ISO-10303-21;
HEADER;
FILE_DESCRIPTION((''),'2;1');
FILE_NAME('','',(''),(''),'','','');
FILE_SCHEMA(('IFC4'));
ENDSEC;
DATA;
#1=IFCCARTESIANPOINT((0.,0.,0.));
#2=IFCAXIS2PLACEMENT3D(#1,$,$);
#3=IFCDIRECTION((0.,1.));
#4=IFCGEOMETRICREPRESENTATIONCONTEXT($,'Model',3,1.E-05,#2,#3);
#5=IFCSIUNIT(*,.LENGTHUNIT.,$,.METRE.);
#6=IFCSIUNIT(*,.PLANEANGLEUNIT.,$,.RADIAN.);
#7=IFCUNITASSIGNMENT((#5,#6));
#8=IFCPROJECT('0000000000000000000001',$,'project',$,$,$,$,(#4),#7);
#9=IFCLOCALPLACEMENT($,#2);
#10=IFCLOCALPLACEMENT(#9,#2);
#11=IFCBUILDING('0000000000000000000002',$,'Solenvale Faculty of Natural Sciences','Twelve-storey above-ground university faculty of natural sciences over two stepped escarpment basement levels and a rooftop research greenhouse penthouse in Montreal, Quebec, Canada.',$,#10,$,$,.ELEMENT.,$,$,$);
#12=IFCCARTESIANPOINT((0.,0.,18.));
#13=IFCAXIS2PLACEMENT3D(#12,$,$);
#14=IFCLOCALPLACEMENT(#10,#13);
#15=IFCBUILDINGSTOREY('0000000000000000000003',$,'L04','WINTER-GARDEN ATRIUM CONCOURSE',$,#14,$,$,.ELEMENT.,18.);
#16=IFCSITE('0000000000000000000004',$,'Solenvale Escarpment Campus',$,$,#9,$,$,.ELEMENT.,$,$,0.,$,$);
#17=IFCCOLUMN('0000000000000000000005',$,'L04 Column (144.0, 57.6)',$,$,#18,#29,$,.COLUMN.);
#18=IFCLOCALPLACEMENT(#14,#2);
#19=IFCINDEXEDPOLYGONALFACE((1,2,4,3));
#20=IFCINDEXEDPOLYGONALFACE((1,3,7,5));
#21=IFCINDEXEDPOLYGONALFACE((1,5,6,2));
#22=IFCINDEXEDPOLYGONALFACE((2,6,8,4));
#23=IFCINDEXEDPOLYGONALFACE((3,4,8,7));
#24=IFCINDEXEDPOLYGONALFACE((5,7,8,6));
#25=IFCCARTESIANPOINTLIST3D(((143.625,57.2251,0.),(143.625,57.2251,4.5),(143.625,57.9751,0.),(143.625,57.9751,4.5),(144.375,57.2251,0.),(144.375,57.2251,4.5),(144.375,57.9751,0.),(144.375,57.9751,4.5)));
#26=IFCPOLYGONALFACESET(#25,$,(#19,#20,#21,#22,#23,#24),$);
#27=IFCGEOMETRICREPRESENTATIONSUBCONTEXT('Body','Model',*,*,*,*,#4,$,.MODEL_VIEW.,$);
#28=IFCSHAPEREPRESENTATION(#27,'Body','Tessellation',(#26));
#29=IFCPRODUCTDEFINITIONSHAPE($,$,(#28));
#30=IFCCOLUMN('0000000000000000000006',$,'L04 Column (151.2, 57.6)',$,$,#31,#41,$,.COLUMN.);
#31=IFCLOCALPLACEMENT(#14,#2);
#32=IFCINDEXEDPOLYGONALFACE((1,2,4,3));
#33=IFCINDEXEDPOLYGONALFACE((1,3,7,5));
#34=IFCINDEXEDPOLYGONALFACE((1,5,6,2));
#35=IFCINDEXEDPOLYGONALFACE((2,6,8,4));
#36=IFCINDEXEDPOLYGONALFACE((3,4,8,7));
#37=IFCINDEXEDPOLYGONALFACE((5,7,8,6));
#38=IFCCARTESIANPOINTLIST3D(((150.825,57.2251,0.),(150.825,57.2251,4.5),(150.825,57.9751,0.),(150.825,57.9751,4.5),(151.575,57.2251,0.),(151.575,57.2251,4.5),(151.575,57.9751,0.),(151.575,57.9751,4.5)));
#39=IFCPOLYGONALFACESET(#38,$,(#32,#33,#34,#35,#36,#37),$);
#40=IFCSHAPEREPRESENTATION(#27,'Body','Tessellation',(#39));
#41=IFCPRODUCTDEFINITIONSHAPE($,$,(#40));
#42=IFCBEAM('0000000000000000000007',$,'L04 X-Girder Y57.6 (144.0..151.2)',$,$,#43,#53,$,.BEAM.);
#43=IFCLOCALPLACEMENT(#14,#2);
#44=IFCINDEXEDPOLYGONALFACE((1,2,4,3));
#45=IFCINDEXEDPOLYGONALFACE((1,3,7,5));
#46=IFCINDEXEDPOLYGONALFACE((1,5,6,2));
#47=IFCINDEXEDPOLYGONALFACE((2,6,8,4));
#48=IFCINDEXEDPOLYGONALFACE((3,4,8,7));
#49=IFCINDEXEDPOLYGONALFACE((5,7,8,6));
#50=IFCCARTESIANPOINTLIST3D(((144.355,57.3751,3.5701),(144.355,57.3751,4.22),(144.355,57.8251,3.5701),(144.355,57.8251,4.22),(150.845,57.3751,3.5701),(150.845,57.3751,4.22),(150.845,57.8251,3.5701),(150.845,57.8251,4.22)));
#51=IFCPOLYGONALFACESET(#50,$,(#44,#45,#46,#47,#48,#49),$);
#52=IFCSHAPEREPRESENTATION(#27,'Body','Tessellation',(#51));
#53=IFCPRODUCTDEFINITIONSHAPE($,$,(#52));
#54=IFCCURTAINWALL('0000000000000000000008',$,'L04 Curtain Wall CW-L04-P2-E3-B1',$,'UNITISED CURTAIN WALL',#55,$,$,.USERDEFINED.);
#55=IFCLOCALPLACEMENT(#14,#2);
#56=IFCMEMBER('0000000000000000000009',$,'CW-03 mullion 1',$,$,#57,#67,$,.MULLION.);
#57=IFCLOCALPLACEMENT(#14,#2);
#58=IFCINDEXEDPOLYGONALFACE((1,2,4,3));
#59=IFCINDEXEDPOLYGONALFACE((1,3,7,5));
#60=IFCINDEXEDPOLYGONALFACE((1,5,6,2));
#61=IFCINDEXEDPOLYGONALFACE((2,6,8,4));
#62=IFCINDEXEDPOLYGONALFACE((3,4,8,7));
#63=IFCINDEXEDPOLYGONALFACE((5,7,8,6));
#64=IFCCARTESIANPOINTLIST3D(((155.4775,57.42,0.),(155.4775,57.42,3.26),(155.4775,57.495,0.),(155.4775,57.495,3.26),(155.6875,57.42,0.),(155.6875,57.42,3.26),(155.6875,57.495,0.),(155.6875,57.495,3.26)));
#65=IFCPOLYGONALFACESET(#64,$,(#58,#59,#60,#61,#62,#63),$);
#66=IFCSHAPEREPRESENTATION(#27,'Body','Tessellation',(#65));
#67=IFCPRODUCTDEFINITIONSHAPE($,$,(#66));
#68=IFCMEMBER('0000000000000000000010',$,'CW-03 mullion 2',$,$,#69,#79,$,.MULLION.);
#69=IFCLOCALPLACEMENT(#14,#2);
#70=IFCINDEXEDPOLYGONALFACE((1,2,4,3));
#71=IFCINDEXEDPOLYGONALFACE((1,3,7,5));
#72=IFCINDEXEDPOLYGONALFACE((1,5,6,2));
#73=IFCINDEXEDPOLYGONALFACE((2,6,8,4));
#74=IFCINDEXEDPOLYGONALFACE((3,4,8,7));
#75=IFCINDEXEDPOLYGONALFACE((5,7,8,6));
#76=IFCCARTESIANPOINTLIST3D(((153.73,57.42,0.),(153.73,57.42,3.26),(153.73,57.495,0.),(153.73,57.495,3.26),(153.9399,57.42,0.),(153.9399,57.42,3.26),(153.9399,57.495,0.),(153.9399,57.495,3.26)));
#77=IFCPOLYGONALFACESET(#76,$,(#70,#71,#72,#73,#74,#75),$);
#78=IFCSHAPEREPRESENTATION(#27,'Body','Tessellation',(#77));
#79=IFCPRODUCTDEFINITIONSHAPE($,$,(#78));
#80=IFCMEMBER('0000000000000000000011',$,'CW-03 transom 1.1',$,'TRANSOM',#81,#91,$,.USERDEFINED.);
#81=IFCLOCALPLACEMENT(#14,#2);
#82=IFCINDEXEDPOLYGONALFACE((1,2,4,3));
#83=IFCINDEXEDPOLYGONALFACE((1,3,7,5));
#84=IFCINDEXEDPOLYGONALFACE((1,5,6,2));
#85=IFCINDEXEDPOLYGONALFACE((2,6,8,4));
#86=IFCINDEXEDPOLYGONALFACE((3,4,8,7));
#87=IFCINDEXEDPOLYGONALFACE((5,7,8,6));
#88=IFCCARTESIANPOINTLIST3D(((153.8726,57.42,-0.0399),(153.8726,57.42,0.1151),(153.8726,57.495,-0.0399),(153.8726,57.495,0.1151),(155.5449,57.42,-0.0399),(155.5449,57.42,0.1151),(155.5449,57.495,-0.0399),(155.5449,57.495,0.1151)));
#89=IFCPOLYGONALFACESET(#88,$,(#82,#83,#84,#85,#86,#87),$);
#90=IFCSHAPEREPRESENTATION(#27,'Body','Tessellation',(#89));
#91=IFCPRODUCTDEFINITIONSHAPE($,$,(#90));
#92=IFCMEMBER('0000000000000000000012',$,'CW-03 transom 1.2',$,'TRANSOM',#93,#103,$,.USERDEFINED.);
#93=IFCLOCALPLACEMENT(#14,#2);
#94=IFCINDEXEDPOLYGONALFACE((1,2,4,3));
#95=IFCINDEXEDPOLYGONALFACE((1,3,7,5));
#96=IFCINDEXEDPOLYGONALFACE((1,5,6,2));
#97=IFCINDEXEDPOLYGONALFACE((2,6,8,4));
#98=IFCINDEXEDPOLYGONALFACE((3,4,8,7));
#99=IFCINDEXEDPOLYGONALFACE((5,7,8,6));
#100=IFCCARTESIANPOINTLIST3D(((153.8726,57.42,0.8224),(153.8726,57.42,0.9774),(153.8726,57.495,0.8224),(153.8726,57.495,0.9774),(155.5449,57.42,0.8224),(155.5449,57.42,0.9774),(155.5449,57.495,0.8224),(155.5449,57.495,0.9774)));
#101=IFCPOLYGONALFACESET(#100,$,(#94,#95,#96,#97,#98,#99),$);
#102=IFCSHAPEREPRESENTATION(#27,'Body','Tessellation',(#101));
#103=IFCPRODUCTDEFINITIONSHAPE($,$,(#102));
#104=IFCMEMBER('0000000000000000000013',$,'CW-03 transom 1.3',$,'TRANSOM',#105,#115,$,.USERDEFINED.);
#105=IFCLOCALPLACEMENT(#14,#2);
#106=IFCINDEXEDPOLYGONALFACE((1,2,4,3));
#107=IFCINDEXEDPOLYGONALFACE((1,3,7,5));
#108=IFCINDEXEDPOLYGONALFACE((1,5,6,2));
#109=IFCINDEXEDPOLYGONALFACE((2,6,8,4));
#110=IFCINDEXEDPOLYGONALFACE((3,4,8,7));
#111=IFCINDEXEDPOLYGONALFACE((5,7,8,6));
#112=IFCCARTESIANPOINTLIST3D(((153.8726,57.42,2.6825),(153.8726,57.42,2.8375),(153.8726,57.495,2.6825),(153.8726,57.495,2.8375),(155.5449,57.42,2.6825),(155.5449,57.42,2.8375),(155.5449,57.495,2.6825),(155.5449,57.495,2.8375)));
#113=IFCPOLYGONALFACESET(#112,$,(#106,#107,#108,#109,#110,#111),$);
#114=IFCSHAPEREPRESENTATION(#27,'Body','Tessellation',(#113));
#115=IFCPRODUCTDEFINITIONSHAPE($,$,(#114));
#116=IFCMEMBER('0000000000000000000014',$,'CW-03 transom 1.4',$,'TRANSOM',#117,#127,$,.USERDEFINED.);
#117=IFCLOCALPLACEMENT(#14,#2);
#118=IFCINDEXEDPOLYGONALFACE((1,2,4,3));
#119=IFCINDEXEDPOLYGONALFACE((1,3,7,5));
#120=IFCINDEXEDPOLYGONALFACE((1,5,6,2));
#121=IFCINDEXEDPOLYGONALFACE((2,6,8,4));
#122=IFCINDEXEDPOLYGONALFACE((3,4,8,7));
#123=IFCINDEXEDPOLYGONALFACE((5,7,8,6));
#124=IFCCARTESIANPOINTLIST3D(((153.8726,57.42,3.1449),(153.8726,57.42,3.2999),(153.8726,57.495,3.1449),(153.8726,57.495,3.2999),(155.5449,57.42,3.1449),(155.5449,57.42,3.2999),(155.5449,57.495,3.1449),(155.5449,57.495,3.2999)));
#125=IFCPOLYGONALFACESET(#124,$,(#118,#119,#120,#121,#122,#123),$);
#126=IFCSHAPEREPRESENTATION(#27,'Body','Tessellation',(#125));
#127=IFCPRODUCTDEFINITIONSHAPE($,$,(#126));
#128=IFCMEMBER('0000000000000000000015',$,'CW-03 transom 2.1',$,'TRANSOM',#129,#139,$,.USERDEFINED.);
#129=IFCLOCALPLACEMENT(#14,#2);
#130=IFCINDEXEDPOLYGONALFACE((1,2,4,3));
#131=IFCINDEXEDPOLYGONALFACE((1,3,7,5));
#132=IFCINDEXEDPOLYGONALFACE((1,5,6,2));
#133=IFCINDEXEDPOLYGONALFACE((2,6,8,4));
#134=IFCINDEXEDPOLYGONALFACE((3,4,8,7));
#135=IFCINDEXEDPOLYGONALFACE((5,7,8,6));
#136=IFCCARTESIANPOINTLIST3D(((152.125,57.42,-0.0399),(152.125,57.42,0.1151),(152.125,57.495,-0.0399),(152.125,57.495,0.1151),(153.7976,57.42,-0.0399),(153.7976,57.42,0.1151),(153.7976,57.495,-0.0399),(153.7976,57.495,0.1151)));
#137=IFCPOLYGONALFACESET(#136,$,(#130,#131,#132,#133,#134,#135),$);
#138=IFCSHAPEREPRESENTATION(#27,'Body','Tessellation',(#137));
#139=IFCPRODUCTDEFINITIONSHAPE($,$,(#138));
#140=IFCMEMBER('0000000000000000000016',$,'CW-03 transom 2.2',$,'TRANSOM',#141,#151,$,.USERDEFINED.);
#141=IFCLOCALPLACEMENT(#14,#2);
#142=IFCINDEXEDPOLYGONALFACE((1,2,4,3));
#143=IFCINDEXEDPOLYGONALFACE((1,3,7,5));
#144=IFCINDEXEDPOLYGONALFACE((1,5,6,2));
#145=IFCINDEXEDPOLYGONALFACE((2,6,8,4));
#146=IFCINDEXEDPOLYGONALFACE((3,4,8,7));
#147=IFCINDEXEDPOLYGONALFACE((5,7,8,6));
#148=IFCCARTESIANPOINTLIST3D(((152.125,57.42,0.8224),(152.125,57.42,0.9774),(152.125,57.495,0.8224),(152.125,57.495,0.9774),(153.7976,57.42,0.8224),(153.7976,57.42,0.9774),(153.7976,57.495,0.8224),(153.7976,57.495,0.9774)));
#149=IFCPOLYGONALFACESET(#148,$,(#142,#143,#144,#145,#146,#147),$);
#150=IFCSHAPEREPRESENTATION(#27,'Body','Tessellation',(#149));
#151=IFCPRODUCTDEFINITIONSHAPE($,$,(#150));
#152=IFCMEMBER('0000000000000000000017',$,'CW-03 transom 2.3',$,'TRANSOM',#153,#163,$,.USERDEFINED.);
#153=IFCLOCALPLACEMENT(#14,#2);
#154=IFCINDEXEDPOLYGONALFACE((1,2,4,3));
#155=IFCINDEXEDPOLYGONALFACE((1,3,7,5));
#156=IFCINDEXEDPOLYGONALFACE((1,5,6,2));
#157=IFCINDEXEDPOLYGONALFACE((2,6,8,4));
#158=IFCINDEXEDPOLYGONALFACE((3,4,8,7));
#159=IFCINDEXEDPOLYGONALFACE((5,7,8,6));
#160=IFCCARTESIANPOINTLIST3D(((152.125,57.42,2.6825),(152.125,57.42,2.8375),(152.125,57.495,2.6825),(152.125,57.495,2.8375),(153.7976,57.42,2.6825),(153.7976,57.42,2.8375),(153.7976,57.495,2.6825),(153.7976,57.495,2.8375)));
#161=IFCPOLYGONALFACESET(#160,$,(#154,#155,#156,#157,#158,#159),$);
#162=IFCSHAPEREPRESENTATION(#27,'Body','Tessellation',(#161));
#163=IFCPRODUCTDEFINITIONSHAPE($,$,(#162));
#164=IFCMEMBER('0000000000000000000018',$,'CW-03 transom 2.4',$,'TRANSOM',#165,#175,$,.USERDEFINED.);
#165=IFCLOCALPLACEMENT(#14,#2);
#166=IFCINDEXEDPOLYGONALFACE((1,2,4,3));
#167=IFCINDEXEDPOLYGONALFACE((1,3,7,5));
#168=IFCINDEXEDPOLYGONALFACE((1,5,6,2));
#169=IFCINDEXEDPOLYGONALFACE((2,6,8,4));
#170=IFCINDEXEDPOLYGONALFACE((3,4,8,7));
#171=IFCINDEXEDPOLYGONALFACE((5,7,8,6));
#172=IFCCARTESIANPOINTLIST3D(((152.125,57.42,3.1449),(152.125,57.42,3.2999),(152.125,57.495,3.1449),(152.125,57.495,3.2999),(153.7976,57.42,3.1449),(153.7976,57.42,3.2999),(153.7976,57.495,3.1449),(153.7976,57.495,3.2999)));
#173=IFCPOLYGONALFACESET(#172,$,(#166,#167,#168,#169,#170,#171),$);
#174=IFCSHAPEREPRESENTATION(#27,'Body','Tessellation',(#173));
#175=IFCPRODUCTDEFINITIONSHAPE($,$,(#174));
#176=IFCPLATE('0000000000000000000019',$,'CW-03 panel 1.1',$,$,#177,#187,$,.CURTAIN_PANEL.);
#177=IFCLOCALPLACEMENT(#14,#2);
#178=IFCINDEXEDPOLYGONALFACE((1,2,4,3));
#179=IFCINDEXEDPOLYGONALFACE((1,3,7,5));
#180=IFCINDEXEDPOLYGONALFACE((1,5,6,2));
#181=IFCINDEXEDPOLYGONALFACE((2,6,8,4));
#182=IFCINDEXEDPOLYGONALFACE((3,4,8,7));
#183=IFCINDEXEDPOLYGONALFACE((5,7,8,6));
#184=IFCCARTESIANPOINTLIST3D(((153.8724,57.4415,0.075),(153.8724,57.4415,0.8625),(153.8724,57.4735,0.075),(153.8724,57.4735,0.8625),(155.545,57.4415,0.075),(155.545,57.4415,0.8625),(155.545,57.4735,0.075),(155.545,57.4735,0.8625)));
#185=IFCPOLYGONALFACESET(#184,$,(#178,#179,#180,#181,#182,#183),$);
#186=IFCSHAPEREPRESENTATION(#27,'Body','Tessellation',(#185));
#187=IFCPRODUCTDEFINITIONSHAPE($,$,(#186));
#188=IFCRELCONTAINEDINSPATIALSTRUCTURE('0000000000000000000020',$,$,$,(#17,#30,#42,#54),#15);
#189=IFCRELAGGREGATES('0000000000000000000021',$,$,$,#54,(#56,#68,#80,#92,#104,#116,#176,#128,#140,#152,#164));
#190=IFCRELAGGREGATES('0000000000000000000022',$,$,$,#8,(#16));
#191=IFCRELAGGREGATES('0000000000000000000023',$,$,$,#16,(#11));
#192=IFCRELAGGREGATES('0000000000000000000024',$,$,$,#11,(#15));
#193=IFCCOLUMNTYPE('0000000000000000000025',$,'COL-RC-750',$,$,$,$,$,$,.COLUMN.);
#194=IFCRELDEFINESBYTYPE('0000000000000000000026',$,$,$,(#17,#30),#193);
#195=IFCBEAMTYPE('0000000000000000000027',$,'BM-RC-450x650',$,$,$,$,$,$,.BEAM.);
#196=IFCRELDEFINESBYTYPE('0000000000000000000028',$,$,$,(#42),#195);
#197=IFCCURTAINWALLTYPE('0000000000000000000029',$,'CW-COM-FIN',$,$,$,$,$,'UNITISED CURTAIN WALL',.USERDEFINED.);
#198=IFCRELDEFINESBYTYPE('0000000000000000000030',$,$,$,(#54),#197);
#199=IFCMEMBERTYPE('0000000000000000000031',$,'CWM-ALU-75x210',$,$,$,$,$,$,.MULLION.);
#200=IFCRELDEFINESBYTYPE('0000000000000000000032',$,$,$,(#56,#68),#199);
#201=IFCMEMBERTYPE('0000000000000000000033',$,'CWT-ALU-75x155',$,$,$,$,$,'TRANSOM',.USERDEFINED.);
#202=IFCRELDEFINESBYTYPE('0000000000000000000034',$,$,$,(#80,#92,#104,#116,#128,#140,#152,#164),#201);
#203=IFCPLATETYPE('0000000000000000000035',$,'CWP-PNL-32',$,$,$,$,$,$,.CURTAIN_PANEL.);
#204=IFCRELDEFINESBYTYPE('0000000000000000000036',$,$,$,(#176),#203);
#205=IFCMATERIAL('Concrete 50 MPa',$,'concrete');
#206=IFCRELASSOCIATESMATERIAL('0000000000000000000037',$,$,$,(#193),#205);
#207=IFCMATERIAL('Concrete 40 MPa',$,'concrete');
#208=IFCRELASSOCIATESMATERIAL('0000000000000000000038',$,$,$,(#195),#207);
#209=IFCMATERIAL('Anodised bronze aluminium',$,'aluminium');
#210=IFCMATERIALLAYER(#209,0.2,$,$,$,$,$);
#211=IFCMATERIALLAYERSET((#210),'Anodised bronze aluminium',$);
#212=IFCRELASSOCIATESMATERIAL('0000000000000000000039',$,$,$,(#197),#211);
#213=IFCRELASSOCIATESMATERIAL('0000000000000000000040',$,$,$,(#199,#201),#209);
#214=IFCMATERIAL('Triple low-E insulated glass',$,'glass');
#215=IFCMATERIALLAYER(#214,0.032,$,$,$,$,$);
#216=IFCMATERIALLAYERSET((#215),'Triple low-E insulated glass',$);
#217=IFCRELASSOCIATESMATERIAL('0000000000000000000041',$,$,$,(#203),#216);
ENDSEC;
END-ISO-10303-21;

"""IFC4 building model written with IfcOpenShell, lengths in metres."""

from ifc_helpers import new_model, si_unit, direction, frame, origin, origin_2d, place, context, subcontext, project, spatial, rectangle, extrude, material, layer, layer_set, material_profile, profile_set, type_object, element, aggregate, save


model = new_model("IFC4")

# Units and contexts
model_context = context("Model", 3, precision=1e-05, world=origin(), true_north=direction((0.0, 1.0)))
body_context = subcontext(model_context, "Body", "Model", "MODEL_VIEW")
ifc_project = project(units=[si_unit("LENGTHUNIT", "METRE"), si_unit("PLANEANGLEUNIT", "RADIAN")], contexts=[model_context])

# Site, building, storey
site_placement = place(None, origin())
site = spatial("IfcSite", under=ifc_project, at=site_placement, Name="Solenvale Escarpment Campus", CompositionType="ELEMENT", RefElevation=0.0)
building_placement = place(site_placement, origin())
building = spatial("IfcBuilding", under=site, at=building_placement, Name="Solenvale Faculty of Natural Sciences", Description="Twelve-storey above-ground university faculty of natural sciences over two stepped escarpment basement levels and a rooftop research greenhouse penthouse in Montreal, Quebec, Canada.", CompositionType="ELEMENT")
storey_placement = place(building_placement, frame((0.0, 0.0, 18.0)))
storey = spatial("IfcBuildingStorey", under=building, at=storey_placement, Name="L04", Description="WINTER-GARDEN ATRIUM CONCOURSE", CompositionType="ELEMENT", Elevation=18.0)

# Columns
ifc_material_1 = material(Name="Concrete 50 MPa", Category="concrete")
ifc_material_profile_1 = material_profile(ifc_material_1, rectangle(XDim=0.75, YDim=0.75, at=origin_2d()), Name="RC-COL-750x750")
ifc_profile_set_1 = profile_set([ifc_material_profile_1], Name="Concrete 50 MPa")
column_type = type_object("IfcColumnType", Name="COL-RC-750", PredefinedType="COLUMN", material=ifc_profile_set_1)
for number, where, z_axis, x_axis, name in (
    (1, (144.0, 57.6001, 0.0), (0.0, 0.0, 1.0), (1.0, 0.0, 0.0), "L04 Column (144.0, 57.6)"),
    (2, (151.2, 57.6001, 0.0), (0.0, 0.0, 1.0), (1.0, 0.0, 0.0), "L04 Column (151.2, 57.6)"),
):
    element("IfcColumn", number, at=place(storey_placement, frame(where, z_axis=z_axis, x_axis=x_axis)), inside=storey, type_object=column_type, Name=name, PredefinedType="COLUMN", context=body_context, shape_type="SweptSolid", body=[
        extrude(rectangle(XDim=0.75, YDim=0.75, at=origin_2d()), origin(), (0.0, 0.0, 1.0), 4.5),
    ])

# Beam
ifc_material_2 = material(Name="Concrete 40 MPa", Category="concrete")
ifc_material_profile_2 = material_profile(ifc_material_2, rectangle(XDim=0.45, YDim=0.6499, at=origin_2d()), Name="RC-BM-450x650")
ifc_profile_set_2 = profile_set([ifc_material_profile_2], Name="Concrete 40 MPa")
beam_type = type_object("IfcBeamType", Name="BM-RC-450x650", PredefinedType="BEAM", material=ifc_profile_set_2)
beam_placement = place(storey_placement, frame((144.355, 57.6001, 3.895), z_axis=(1.0, 0.0, 0.0), x_axis=(0.0, 1.0, 0.0)))
element("IfcBeam", 3, at=beam_placement, inside=storey, type_object=beam_type, Name="L04 X-Girder Y57.6 (144.0..151.2)", PredefinedType="BEAM", context=body_context, shape_type="SweptSolid", body=[
    extrude(rectangle(XDim=0.45, YDim=0.6499, at=origin_2d()), origin(), (0.0, 0.0, 1.0), 6.49),
])

# Curtain wall, members, plate
ifc_material_3 = material(Name="Anodised bronze aluminium", Category="aluminium")
ifc_layer_1 = layer(ifc_material_3, 0.2)
ifc_layer_set_1 = layer_set([ifc_layer_1], Name="Anodised bronze aluminium")
curtain_wall_type = type_object("IfcCurtainWallType", Name="CW-COM-FIN", ElementType="UNITISED CURTAIN WALL", PredefinedType="USERDEFINED", material=ifc_layer_set_1)
curtain_wall_placement = place(storey_placement, origin())
curtain_wall = element("IfcCurtainWall", 4, at=curtain_wall_placement, inside=storey, type_object=curtain_wall_type, Name="L04 Curtain Wall CW-L04-P2-E3-B1", ObjectType="UNITISED CURTAIN WALL", PredefinedType="USERDEFINED")
ifc_material_profile_3 = material_profile(ifc_material_3, rectangle(XDim=0.075, YDim=0.21, at=origin_2d()), Name="ALU-MUL-75x210")
ifc_profile_set_3 = profile_set([ifc_material_profile_3], Name="Anodised bronze aluminium")
member_type_1 = type_object("IfcMemberType", Name="CWM-ALU-75x210", PredefinedType="MULLION", material=ifc_profile_set_3)
member_1_placement = place(storey_placement, frame((155.5825, 57.4575, 0.0), z_axis=(0.0, 0.0, 1.0), x_axis=(0.0, -1.0, 0.0)))
member_1 = element("IfcMember", 5, at=member_1_placement, type_object=member_type_1, Name="CW-03 mullion 1", PredefinedType="MULLION", context=body_context, shape_type="SweptSolid", body=[
    extrude(rectangle(XDim=0.075, YDim=0.21, at=origin_2d()), origin(), (0.0, 0.0, 1.0), 3.26),
])
member_2_placement = place(storey_placement, frame((153.835, 57.4575, 0.0), z_axis=(0.0, 0.0, 1.0), x_axis=(0.0, -1.0, 0.0)))
member_2 = element("IfcMember", 6, at=member_2_placement, type_object=member_type_1, Name="CW-03 mullion 2", PredefinedType="MULLION", context=body_context, shape_type="SweptSolid", body=[
    extrude(rectangle(XDim=0.075, YDim=0.21, at=origin_2d()), origin(), (0.0, 0.0, 1.0), 3.26),
])
ifc_material_profile_4 = material_profile(ifc_material_3, rectangle(XDim=0.075, YDim=0.155, at=origin_2d()), Name="ALU-TRN-75x155")
ifc_profile_set_4 = profile_set([ifc_material_profile_4], Name="Anodised bronze aluminium")
member_type_2 = type_object("IfcMemberType", Name="CWT-ALU-75x155", ElementType="TRANSOM", PredefinedType="USERDEFINED", material=ifc_profile_set_4)
member_3_placement = place(storey_placement, frame((155.5449, 57.4575, 0.0376), z_axis=(-1.0, 0.0, 0.0), x_axis=(0.0, -1.0, 0.0)))
member_3 = element("IfcMember", 7, at=member_3_placement, type_object=member_type_2, Name="CW-03 transom 1.1", ObjectType="TRANSOM", PredefinedType="USERDEFINED", context=body_context, shape_type="SweptSolid", body=[
    extrude(rectangle(XDim=0.075, YDim=0.155, at=origin_2d()), origin(), (0.0, 0.0, 1.0), 1.6724),
])
member_4_placement = place(storey_placement, frame((155.5449, 57.4575, 0.8999), z_axis=(-1.0, 0.0, 0.0), x_axis=(0.0, -1.0, 0.0)))
member_4 = element("IfcMember", 8, at=member_4_placement, type_object=member_type_2, Name="CW-03 transom 1.2", ObjectType="TRANSOM", PredefinedType="USERDEFINED", context=body_context, shape_type="SweptSolid", body=[
    extrude(rectangle(XDim=0.075, YDim=0.155, at=origin_2d()), origin(), (0.0, 0.0, 1.0), 1.6724),
])
member_5_placement = place(storey_placement, frame((155.5449, 57.4575, 2.76), z_axis=(-1.0, 0.0, 0.0), x_axis=(0.0, -1.0, 0.0)))
member_5 = element("IfcMember", 9, at=member_5_placement, type_object=member_type_2, Name="CW-03 transom 1.3", ObjectType="TRANSOM", PredefinedType="USERDEFINED", context=body_context, shape_type="SweptSolid", body=[
    extrude(rectangle(XDim=0.075, YDim=0.155, at=origin_2d()), origin(), (0.0, 0.0, 1.0), 1.6724),
])
member_6_placement = place(storey_placement, frame((155.5449, 57.4575, 3.2224), z_axis=(-1.0, 0.0, 0.0), x_axis=(0.0, -1.0, 0.0)))
member_6 = element("IfcMember", 10, at=member_6_placement, type_object=member_type_2, Name="CW-03 transom 1.4", ObjectType="TRANSOM", PredefinedType="USERDEFINED", context=body_context, shape_type="SweptSolid", body=[
    extrude(rectangle(XDim=0.075, YDim=0.155, at=origin_2d()), origin(), (0.0, 0.0, 1.0), 1.6724),
])
member_7_placement = place(storey_placement, frame((153.7976, 57.4575, 0.0376), z_axis=(-1.0, 0.0, 0.0), x_axis=(0.0, -1.0, 0.0)))
member_7 = element("IfcMember", 11, at=member_7_placement, type_object=member_type_2, Name="CW-03 transom 2.1", ObjectType="TRANSOM", PredefinedType="USERDEFINED", context=body_context, shape_type="SweptSolid", body=[
    extrude(rectangle(XDim=0.075, YDim=0.155, at=origin_2d()), origin(), (0.0, 0.0, 1.0), 1.6726),
])
member_8_placement = place(storey_placement, frame((153.7976, 57.4575, 0.8999), z_axis=(-1.0, 0.0, 0.0), x_axis=(0.0, -1.0, 0.0)))
member_8 = element("IfcMember", 12, at=member_8_placement, type_object=member_type_2, Name="CW-03 transom 2.2", ObjectType="TRANSOM", PredefinedType="USERDEFINED", context=body_context, shape_type="SweptSolid", body=[
    extrude(rectangle(XDim=0.075, YDim=0.155, at=origin_2d()), origin(), (0.0, 0.0, 1.0), 1.6726),
])
member_9_placement = place(storey_placement, frame((153.7976, 57.4575, 2.76), z_axis=(-1.0, 0.0, 0.0), x_axis=(0.0, -1.0, 0.0)))
member_9 = element("IfcMember", 13, at=member_9_placement, type_object=member_type_2, Name="CW-03 transom 2.3", ObjectType="TRANSOM", PredefinedType="USERDEFINED", context=body_context, shape_type="SweptSolid", body=[
    extrude(rectangle(XDim=0.075, YDim=0.155, at=origin_2d()), origin(), (0.0, 0.0, 1.0), 1.6726),
])
member_10_placement = place(storey_placement, frame((153.7976, 57.4575, 3.2224), z_axis=(-1.0, 0.0, 0.0), x_axis=(0.0, -1.0, 0.0)))
member_10 = element("IfcMember", 14, at=member_10_placement, type_object=member_type_2, Name="CW-03 transom 2.4", ObjectType="TRANSOM", PredefinedType="USERDEFINED", context=body_context, shape_type="SweptSolid", body=[
    extrude(rectangle(XDim=0.075, YDim=0.155, at=origin_2d()), origin(), (0.0, 0.0, 1.0), 1.6726),
])
ifc_material_4 = material(Name="Triple low-E insulated glass", Category="glass")
ifc_layer_2 = layer(ifc_material_4, 0.032)
ifc_layer_set_2 = layer_set([ifc_layer_2], Name="Triple low-E insulated glass")
plate_type = type_object("IfcPlateType", Name="CWP-PNL-32", PredefinedType="CURTAIN_PANEL", material=ifc_layer_set_2)
plate_1_placement = place(storey_placement, frame((154.7087, 57.4575, 0.075), z_axis=(0.0, 0.0, 1.0), x_axis=(-1.0, 0.0, 0.0)))
plate_1 = element("IfcPlate", 15, at=plate_1_placement, type_object=plate_type, Name="CW-03 panel 1.1", PredefinedType="CURTAIN_PANEL", context=body_context, shape_type="SweptSolid", body=[
    extrude(rectangle(XDim=1.6726, YDim=0.032, at=origin_2d()), origin(), (0.0, 0.0, 1.0), 0.7876),
])
aggregate(curtain_wall, [member_1, member_2, member_3, member_4, member_5, member_6, plate_1, member_7, member_8, member_9, member_10])

save(model, "model.ifc")
